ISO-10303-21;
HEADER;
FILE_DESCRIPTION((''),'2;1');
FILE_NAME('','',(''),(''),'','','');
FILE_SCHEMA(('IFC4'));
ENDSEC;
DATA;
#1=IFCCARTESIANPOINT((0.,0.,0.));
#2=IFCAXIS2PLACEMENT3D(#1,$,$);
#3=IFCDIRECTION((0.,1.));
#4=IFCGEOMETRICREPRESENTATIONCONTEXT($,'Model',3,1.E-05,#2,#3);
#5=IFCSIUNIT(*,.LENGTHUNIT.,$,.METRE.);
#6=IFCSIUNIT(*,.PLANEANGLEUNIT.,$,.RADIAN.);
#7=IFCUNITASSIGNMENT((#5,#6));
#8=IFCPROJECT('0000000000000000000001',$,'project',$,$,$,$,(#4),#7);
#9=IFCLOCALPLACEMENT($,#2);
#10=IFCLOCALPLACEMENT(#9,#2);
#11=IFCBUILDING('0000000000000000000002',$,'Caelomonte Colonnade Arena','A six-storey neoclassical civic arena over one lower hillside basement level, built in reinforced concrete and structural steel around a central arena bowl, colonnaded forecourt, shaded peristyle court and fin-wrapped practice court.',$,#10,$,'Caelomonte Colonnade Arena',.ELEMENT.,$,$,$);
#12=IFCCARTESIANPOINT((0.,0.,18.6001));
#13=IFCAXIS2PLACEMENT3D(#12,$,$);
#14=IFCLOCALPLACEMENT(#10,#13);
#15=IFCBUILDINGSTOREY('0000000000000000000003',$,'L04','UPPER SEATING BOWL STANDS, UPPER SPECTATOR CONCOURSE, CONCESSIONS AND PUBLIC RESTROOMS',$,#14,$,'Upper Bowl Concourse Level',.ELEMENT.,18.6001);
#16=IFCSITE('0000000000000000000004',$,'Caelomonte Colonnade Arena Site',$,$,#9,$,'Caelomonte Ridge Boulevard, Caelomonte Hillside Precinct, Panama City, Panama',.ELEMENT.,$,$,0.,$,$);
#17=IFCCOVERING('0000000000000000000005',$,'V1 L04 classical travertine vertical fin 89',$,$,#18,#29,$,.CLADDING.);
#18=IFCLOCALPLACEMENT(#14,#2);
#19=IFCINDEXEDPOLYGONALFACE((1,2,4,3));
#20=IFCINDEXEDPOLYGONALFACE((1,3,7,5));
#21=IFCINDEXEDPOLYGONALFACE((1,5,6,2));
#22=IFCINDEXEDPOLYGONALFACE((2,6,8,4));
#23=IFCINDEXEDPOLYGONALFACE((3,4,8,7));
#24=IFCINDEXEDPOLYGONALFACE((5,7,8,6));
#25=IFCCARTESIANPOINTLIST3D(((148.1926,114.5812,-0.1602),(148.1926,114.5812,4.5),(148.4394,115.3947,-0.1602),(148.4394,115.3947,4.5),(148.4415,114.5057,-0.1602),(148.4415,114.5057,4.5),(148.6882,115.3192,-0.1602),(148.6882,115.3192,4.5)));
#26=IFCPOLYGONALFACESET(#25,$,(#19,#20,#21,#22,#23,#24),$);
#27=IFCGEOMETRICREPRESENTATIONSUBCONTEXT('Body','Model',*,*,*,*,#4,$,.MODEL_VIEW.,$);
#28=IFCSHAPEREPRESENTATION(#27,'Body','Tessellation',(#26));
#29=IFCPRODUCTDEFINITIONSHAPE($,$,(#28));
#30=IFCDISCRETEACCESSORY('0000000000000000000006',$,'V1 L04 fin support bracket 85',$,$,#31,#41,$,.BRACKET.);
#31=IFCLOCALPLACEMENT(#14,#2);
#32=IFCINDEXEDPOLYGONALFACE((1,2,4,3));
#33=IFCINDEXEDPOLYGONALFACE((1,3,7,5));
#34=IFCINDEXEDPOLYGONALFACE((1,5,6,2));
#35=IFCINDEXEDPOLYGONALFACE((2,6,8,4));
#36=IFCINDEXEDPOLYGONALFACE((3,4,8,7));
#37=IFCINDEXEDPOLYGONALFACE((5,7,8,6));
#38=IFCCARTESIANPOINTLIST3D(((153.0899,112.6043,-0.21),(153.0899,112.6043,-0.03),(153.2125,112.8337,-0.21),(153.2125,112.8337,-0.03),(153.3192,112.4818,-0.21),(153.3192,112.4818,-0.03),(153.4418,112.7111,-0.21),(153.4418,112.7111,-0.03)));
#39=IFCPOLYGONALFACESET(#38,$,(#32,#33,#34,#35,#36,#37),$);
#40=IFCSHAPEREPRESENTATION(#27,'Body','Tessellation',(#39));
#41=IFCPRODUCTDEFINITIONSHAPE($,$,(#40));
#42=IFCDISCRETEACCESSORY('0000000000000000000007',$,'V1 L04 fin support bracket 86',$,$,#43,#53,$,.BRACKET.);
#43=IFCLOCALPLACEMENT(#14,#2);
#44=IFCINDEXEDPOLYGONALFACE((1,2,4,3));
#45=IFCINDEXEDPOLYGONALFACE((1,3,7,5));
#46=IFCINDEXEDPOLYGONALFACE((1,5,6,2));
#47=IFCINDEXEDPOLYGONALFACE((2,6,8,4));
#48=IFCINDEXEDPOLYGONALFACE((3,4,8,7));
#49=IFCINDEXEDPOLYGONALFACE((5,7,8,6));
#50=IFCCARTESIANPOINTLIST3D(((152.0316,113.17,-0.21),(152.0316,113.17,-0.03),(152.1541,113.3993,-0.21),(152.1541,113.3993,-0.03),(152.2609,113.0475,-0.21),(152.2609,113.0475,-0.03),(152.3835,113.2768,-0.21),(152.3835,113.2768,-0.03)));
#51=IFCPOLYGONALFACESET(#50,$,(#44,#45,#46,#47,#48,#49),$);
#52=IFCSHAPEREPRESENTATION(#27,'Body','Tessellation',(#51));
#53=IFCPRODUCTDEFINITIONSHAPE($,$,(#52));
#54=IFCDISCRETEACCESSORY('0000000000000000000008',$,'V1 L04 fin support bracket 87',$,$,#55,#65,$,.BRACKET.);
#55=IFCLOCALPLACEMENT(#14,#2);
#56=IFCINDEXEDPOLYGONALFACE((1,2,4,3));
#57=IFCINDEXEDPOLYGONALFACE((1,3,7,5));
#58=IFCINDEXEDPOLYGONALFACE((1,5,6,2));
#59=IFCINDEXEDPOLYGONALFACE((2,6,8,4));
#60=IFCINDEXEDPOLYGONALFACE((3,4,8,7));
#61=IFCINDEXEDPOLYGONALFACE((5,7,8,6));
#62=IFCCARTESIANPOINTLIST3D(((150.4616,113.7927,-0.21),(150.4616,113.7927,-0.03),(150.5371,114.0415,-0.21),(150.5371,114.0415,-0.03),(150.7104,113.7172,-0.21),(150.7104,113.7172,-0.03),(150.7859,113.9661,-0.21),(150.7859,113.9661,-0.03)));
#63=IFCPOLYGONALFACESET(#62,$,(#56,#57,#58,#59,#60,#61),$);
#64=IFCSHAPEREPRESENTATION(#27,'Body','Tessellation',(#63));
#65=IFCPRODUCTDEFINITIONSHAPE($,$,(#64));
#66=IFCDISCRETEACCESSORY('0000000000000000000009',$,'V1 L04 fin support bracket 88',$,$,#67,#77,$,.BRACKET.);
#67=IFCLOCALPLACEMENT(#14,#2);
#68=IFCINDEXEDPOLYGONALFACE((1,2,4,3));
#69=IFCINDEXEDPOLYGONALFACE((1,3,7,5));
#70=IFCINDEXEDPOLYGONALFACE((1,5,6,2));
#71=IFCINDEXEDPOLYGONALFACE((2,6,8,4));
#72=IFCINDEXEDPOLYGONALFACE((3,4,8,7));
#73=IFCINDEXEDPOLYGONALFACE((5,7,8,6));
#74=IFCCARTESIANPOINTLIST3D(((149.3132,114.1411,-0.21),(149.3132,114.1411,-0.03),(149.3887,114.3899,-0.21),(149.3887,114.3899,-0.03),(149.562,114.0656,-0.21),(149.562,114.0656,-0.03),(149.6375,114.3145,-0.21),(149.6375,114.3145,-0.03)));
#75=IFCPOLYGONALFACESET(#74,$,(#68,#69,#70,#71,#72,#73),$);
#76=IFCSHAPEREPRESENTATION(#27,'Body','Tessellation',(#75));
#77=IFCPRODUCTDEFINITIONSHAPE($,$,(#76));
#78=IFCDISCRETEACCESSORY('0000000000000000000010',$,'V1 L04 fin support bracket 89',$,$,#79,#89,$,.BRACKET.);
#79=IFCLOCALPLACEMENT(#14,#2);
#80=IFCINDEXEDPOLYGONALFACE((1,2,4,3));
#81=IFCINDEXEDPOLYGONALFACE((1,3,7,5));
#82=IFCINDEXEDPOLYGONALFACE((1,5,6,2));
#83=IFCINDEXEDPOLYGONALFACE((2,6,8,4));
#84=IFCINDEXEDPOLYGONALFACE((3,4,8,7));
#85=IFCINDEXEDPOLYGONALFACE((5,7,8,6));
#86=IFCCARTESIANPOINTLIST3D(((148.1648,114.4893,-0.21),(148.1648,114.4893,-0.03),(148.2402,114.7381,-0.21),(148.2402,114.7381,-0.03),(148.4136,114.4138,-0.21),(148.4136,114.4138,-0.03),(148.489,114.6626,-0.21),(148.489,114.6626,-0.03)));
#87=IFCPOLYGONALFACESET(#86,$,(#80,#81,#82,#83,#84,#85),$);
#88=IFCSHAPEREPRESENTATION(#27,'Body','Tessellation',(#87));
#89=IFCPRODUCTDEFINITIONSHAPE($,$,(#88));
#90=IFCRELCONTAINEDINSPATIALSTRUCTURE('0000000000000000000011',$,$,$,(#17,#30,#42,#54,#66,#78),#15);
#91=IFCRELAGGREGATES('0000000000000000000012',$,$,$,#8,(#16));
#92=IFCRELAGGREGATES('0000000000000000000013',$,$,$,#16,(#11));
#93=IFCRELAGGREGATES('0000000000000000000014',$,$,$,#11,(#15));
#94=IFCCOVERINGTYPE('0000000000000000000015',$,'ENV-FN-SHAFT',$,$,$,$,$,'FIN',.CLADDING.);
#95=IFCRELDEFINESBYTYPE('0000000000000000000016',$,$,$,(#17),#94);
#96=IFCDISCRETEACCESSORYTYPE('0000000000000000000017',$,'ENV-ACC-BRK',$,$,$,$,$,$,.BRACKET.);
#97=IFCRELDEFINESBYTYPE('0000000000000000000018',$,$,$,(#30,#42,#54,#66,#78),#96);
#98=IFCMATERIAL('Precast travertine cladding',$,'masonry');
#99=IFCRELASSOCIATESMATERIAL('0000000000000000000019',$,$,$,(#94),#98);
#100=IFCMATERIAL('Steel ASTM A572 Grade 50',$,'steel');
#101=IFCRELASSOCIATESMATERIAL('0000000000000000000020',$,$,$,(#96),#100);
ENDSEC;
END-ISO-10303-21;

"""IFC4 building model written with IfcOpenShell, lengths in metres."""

from ifc_helpers import new_model, si_unit, direction, frame, origin, origin_2d, place, context, subcontext, project, spatial, rectangle, extrude, material, material_profile, profile_set, type_object, element, save


model = new_model("IFC4")

# Units and contexts
model_context = context("Model", 3, precision=1e-05, world=origin(), true_north=direction((0.0, 1.0)))
body_context = subcontext(model_context, "Body", "Model", "MODEL_VIEW")
ifc_project = project(units=[si_unit("LENGTHUNIT", "METRE"), si_unit("PLANEANGLEUNIT", "RADIAN")], contexts=[model_context])

# Site, building, storey
site_placement = place(None, origin())
site = spatial("IfcSite", under=ifc_project, at=site_placement, Name="Caelomonte Colonnade Arena Site", LongName="Caelomonte Ridge Boulevard, Caelomonte Hillside Precinct, Panama City, Panama", CompositionType="ELEMENT", RefElevation=0.0)
building_placement = place(site_placement, origin())
building = spatial("IfcBuilding", under=site, at=building_placement, Name="Caelomonte Colonnade Arena", Description="A six-storey neoclassical civic arena over one lower hillside basement level, built in reinforced concrete and structural steel around a central arena bowl, colonnaded forecourt, shaded peristyle court and fin-wrapped practice court.", LongName="Caelomonte Colonnade Arena", CompositionType="ELEMENT")
storey_placement = place(building_placement, frame((0.0, 0.0, 18.6001)))
storey = spatial("IfcBuildingStorey", under=building, at=storey_placement, Name="L04", Description="UPPER SEATING BOWL STANDS, UPPER SPECTATOR CONCOURSE, CONCESSIONS AND PUBLIC RESTROOMS", LongName="Upper Bowl Concourse Level", CompositionType="ELEMENT", Elevation=18.6001)

# Covering
ifc_material_1 = material(Name="Precast travertine cladding", Category="masonry")
ifc_material_profile_1 = material_profile(ifc_material_1, rectangle(XDim=0.26, YDim=0.8501, at=origin_2d()), Name="FIN260X850")
ifc_profile_set_1 = profile_set([ifc_material_profile_1], Name="Precast travertine cladding")
covering_type = type_object("IfcCoveringType", Name="ENV-FN-SHAFT", ElementType="FIN", PredefinedType="CLADDING", material=ifc_profile_set_1)
for number, where, z_axis, x_axis, name in (
    (1, (148.4404, 114.9502, -0.1602), (0.0, 0.0, 1.0), (0.956943, -0.290276, 0.0), "V1 L04 classical travertine vertical fin 89"),
):
    element("IfcCovering", number, at=place(storey_placement, frame(where, z_axis=z_axis, x_axis=x_axis)), inside=storey, type_object=covering_type, Name=name, PredefinedType="CLADDING", context=body_context, shape_type="SweptSolid", body=[
        extrude(rectangle(XDim=0.26, YDim=0.8501, at=origin_2d()), origin(), (0.0, 0.0, 1.0), 4.6602),
    ])

# Discrete accessories
ifc_material_2 = material(Name="Steel ASTM A572 Grade 50", Category="steel")
discrete_accessory_type = type_object("IfcDiscreteAccessoryType", Name="ENV-ACC-BRK", PredefinedType="BRACKET", material=ifc_material_2)
for number, where, z_axis, x_axis, name in (
    (2, (153.2659, 112.6577, -0.21), (0.0, 0.0, 1.0), (-0.881921, 0.471397, 0.0), "V1 L04 fin support bracket 85"),
    (3, (152.2075, 113.2234, -0.21), (0.0, 0.0, 1.0), (-0.881921, 0.471397, 0.0), "V1 L04 fin support bracket 86"),
    (4, (150.6238, 113.8794, -0.21), (0.0, 0.0, 1.0), (-0.956943, 0.290276, 0.0), "V1 L04 fin support bracket 87"),
    (5, (149.4753, 114.2278, -0.21), (0.0, 0.0, 1.0), (-0.956943, 0.290276, 0.0), "V1 L04 fin support bracket 88"),
    (6, (148.3269, 114.5759, -0.21), (0.0, 0.0, 1.0), (-0.956943, 0.290276, 0.0), "V1 L04 fin support bracket 89"),
):
    element("IfcDiscreteAccessory", number, at=place(storey_placement, frame(where, z_axis=z_axis, x_axis=x_axis)), inside=storey, type_object=discrete_accessory_type, Name=name, PredefinedType="BRACKET", context=body_context, shape_type="SweptSolid", body=[
        extrude(rectangle(XDim=0.26, YDim=0.26, at=origin_2d()), origin(), (0.0, 0.0, 1.0), 0.1799),
    ])

save(model, "model.ifc")
